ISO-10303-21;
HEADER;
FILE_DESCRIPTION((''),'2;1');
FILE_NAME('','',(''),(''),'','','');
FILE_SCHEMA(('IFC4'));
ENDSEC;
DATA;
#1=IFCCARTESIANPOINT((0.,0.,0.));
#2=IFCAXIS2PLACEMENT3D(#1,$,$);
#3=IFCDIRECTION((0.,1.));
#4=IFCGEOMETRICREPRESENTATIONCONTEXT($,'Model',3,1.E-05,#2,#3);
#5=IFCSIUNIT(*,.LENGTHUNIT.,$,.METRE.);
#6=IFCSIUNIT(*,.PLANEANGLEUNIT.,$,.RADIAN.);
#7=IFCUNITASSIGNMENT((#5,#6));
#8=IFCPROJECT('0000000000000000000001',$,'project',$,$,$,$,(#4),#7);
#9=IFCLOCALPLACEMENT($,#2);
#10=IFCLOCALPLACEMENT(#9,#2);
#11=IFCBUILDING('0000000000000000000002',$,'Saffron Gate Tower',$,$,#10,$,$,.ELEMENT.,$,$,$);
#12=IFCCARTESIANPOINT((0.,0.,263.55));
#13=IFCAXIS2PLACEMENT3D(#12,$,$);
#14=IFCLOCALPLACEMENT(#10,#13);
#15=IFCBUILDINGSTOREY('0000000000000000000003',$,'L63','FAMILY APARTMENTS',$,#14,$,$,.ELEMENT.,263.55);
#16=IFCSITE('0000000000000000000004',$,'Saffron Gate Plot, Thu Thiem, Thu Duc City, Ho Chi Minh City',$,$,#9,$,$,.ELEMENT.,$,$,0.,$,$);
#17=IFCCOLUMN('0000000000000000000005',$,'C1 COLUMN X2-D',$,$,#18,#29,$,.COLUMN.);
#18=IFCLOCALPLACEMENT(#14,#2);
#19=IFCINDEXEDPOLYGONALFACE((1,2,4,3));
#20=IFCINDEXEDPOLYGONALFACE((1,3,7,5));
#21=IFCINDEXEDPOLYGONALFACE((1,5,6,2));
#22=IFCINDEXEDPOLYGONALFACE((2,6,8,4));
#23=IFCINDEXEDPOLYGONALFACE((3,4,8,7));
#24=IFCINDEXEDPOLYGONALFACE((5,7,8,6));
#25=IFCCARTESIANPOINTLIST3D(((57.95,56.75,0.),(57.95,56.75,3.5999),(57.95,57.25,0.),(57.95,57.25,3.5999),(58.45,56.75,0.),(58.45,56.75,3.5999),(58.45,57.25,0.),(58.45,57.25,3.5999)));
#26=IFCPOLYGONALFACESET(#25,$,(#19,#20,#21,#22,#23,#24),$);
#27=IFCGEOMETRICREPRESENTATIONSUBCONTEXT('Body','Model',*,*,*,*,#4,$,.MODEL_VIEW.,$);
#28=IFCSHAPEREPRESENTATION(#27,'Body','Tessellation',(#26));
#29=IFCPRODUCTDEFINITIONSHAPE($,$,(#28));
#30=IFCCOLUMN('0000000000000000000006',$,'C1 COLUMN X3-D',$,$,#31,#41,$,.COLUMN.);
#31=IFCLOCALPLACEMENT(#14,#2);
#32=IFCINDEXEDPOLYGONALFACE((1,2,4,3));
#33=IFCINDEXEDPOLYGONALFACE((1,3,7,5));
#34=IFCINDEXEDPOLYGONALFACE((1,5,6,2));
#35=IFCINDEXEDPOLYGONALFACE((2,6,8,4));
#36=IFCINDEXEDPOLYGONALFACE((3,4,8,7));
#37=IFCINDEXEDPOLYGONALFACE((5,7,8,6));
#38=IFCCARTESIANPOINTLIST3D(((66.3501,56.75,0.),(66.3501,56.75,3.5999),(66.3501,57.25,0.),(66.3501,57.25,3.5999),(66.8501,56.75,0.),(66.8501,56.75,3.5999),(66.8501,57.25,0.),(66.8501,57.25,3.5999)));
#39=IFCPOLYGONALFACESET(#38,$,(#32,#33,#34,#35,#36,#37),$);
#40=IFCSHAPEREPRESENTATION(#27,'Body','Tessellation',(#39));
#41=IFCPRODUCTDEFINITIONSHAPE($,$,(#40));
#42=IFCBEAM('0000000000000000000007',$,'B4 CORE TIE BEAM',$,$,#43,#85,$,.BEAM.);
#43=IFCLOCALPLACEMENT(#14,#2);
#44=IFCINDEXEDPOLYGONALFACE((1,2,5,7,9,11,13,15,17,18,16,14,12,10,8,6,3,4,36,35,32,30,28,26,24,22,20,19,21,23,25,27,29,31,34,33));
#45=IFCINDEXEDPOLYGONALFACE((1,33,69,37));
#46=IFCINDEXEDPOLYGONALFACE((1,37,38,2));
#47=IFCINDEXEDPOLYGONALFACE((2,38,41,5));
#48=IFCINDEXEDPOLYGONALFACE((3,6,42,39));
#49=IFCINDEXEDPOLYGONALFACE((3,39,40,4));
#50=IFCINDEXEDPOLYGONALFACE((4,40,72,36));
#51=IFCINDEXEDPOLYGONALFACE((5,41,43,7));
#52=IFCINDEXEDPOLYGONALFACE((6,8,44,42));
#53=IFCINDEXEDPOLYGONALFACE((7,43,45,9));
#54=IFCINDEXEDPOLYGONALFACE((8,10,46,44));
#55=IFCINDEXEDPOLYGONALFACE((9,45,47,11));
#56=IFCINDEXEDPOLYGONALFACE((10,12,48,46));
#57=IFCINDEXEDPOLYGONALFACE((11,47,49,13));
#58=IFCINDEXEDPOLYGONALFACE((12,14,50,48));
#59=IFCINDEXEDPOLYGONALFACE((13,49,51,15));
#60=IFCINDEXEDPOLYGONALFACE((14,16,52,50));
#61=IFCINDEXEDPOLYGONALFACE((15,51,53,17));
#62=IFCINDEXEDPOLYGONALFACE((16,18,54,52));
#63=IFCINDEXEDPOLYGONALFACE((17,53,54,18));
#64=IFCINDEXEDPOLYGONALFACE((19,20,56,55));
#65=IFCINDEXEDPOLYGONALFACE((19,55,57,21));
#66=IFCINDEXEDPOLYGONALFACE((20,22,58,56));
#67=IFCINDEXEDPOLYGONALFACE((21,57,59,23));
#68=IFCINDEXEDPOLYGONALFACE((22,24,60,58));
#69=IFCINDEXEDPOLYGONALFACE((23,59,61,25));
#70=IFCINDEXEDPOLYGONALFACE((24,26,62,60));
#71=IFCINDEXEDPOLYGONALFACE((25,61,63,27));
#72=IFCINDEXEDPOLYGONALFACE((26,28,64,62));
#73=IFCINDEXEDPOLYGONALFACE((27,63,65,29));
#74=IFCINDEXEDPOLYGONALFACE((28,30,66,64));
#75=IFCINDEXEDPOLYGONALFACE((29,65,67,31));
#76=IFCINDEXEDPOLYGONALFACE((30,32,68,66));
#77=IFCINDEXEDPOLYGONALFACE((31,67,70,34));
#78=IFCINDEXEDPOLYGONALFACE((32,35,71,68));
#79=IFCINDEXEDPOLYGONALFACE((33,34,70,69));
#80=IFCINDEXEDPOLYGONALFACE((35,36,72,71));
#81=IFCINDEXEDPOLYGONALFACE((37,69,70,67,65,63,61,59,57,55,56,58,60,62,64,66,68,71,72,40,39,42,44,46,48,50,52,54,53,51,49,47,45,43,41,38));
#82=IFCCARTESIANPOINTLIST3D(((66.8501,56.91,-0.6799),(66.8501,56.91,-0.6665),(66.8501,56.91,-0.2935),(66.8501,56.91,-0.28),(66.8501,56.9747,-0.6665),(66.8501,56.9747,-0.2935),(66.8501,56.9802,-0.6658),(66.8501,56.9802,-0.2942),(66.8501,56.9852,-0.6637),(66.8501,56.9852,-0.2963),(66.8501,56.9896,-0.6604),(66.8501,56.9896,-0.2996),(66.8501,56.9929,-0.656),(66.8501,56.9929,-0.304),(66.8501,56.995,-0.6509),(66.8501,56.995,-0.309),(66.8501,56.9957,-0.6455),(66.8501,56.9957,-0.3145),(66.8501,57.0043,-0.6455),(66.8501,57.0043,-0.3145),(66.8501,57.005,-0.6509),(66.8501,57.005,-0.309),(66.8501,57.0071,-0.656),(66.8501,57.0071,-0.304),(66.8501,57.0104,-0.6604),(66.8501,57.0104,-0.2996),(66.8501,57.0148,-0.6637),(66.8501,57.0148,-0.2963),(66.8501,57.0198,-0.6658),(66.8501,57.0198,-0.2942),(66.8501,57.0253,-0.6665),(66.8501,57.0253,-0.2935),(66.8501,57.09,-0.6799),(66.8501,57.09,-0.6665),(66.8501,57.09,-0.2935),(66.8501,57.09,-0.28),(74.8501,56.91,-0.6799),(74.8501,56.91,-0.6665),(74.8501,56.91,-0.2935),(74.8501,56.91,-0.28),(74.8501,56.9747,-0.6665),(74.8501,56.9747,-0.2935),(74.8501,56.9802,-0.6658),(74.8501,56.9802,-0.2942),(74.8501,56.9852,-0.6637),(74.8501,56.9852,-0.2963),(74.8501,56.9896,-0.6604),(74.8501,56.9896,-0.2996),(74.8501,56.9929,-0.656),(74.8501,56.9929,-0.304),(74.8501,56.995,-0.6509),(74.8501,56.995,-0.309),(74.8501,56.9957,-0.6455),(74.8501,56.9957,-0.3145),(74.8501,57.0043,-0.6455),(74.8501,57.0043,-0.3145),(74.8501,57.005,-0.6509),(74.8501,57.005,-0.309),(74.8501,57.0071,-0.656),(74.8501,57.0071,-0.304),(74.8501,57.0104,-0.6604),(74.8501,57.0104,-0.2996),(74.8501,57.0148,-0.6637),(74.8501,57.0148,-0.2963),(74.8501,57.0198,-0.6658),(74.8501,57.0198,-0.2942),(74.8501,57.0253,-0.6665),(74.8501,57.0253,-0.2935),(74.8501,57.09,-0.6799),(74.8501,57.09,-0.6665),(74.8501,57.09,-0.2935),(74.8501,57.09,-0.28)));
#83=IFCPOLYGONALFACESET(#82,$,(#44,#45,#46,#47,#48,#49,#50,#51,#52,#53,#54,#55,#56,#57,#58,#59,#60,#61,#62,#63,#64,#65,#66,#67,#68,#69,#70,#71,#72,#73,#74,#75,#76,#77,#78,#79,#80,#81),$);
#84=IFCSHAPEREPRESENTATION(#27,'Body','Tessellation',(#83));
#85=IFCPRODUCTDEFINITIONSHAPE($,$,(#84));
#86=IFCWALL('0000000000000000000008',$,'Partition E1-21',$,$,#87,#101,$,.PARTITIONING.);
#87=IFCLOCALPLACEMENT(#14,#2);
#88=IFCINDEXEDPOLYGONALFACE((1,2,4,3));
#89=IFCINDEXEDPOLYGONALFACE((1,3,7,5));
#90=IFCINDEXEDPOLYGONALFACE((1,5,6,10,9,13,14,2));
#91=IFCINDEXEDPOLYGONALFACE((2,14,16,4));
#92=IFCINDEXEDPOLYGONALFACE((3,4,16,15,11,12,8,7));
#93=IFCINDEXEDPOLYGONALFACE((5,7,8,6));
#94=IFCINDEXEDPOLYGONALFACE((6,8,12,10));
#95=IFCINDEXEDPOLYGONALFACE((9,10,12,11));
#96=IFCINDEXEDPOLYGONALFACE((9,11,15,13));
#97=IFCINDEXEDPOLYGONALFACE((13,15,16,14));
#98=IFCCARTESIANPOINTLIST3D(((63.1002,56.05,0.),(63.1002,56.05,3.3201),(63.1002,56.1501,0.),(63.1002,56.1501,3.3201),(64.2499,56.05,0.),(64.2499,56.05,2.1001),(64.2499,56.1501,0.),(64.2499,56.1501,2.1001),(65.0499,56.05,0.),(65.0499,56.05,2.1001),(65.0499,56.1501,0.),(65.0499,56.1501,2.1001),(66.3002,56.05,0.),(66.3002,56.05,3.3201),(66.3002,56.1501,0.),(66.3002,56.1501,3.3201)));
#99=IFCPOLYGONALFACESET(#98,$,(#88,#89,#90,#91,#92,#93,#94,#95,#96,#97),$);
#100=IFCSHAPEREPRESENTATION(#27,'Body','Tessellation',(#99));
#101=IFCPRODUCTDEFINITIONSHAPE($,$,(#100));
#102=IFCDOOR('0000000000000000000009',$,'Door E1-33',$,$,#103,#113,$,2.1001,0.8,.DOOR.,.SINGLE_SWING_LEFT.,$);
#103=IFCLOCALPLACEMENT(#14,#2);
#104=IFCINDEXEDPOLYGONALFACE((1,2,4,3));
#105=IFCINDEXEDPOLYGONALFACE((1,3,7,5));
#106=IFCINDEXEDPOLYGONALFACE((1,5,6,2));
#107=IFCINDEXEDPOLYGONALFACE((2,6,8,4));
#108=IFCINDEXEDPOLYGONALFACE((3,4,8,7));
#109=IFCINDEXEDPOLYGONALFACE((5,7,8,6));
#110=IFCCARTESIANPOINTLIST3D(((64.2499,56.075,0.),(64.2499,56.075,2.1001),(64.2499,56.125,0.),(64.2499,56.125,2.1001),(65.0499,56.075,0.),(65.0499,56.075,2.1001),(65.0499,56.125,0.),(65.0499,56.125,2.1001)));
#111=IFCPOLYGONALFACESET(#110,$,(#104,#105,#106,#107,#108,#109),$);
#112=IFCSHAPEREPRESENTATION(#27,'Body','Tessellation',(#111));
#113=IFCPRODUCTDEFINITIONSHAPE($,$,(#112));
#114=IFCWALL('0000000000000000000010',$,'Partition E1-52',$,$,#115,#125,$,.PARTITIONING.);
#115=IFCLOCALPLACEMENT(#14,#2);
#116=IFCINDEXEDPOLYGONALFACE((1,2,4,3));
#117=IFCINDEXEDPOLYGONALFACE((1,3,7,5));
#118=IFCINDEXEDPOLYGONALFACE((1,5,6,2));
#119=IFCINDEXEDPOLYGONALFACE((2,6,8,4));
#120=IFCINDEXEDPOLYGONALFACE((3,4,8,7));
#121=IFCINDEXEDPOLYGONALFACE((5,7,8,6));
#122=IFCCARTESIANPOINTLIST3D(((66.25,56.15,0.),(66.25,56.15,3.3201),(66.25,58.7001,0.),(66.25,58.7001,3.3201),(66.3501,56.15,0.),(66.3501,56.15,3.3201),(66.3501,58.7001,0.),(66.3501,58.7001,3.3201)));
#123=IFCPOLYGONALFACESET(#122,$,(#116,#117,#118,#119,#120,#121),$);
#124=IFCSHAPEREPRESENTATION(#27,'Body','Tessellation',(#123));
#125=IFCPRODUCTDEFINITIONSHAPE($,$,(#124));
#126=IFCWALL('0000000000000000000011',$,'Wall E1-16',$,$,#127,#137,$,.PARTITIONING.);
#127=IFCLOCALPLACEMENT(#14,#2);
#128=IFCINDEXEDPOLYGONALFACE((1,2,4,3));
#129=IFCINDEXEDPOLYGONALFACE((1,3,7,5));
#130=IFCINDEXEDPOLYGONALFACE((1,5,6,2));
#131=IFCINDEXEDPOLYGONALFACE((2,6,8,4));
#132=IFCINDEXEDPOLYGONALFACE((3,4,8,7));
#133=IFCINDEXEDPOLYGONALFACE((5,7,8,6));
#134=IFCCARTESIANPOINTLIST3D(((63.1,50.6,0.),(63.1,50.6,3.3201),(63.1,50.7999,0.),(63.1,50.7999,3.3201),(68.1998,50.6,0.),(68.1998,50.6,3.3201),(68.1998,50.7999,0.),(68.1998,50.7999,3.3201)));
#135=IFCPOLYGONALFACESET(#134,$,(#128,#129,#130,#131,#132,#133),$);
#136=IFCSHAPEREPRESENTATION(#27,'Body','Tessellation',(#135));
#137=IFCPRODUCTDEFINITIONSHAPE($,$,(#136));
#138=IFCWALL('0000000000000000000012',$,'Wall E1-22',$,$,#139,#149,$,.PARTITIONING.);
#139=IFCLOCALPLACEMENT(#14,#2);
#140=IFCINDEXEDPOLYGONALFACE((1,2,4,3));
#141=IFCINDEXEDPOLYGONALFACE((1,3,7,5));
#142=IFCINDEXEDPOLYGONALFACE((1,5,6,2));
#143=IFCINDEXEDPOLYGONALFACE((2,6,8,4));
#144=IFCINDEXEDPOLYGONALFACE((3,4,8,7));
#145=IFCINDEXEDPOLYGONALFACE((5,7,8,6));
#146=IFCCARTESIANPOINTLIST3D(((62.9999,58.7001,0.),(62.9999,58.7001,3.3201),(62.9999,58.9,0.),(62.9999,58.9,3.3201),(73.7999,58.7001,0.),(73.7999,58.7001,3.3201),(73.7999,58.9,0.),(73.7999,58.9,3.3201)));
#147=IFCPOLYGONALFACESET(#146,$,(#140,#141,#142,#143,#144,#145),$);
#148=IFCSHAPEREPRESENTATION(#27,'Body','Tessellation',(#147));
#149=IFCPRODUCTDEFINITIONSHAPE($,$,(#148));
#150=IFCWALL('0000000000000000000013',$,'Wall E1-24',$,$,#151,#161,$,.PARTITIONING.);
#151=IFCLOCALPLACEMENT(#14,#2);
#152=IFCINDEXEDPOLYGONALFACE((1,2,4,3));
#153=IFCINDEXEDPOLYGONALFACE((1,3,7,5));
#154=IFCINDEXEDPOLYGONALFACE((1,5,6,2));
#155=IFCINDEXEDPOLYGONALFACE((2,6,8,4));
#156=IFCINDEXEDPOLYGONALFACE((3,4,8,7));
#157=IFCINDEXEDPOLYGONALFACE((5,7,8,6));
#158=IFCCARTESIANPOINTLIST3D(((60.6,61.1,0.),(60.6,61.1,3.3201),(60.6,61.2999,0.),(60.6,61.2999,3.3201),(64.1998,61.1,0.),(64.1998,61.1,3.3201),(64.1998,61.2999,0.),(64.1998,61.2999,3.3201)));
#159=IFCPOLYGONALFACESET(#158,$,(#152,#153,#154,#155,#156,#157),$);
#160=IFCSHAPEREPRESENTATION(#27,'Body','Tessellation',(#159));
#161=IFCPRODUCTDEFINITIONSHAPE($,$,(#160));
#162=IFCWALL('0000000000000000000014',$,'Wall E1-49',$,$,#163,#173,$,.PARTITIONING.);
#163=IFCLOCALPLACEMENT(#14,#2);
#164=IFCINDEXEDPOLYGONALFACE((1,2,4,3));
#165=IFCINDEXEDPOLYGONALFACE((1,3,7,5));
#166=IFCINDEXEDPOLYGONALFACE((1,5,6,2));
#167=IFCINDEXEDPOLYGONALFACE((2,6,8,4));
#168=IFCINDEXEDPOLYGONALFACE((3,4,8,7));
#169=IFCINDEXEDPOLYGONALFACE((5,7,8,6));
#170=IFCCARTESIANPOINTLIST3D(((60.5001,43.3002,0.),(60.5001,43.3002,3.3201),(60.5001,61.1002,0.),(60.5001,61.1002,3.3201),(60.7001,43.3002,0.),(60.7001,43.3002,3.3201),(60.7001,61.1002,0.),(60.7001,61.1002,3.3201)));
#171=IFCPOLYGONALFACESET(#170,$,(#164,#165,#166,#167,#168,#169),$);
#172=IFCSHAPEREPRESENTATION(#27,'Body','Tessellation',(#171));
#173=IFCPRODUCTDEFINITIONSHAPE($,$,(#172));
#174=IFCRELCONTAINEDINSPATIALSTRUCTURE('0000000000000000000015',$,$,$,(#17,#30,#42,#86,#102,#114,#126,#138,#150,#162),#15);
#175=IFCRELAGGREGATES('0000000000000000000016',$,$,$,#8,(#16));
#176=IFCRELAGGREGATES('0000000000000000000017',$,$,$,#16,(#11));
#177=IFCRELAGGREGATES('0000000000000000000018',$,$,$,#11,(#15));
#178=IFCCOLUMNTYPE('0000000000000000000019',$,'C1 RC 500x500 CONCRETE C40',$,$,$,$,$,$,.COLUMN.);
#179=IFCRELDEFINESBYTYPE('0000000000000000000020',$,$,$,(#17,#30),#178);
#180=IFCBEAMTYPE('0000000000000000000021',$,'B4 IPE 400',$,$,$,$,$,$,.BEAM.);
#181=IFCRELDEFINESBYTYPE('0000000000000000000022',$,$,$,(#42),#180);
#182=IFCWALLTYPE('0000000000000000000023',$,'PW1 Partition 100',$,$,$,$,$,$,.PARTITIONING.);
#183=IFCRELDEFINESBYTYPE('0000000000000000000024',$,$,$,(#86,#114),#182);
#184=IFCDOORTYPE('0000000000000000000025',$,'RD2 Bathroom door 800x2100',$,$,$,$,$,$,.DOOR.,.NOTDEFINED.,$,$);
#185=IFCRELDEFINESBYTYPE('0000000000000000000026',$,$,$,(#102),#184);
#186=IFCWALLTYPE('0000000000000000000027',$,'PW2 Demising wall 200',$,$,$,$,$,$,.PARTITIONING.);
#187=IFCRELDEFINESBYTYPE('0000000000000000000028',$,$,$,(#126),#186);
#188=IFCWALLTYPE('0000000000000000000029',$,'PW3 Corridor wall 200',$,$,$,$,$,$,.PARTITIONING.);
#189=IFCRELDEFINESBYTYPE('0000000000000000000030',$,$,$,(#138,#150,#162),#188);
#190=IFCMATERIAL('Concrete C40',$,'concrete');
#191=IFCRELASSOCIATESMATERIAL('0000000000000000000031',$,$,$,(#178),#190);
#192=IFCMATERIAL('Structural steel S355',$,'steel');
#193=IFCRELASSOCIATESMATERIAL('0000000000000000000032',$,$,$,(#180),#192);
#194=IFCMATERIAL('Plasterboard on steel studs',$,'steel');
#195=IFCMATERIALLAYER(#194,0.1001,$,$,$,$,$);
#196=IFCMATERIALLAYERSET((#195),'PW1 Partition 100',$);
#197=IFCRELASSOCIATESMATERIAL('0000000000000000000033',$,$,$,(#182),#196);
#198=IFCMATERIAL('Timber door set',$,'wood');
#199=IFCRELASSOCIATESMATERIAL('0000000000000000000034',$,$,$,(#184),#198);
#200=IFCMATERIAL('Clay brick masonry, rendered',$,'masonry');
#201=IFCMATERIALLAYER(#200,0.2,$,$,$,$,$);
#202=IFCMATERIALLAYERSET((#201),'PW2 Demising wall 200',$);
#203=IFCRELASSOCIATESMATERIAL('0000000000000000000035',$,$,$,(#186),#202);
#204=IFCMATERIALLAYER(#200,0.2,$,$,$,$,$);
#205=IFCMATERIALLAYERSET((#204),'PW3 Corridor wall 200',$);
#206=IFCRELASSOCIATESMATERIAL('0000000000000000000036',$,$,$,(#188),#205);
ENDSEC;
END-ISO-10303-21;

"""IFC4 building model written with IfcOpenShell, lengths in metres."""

from ifc_helpers import new_model, si_unit, direction, frame, frame_2d, origin, origin_2d, place, context, subcontext, project, spatial, rectangle, i_section, extrude, material, layer, layer_set, material_profile, profile_set, type_object, element, fill, save


model = new_model("IFC4")

# Units and contexts
model_context = context("Model", 3, precision=1e-05, world=origin(), true_north=direction((0.0, 1.0)))
body_context = subcontext(model_context, "Body", "Model", "MODEL_VIEW")
ifc_project = project(units=[si_unit("LENGTHUNIT", "METRE"), si_unit("PLANEANGLEUNIT", "RADIAN")], contexts=[model_context])

# Site, building, storey
site_placement = place(None, origin())
site = spatial("IfcSite", under=ifc_project, at=site_placement, Name="Saffron Gate Plot, Thu Thiem, Thu Duc City, Ho Chi Minh City", CompositionType="ELEMENT", RefElevation=0.0)
building_placement = place(site_placement, origin())
building = spatial("IfcBuilding", under=site, at=building_placement, Name="Saffron Gate Tower", CompositionType="ELEMENT")
storey_placement = place(building_placement, frame((0.0, 0.0, 263.55)))
storey = spatial("IfcBuildingStorey", under=building, at=storey_placement, Name="L63", Description="FAMILY APARTMENTS", CompositionType="ELEMENT", Elevation=263.55)

# Columns
ifc_material_1 = material(Name="Concrete C40", Category="concrete")
ifc_material_profile_1 = material_profile(ifc_material_1, rectangle(XDim=0.5, YDim=0.5, at=origin_2d()))
ifc_profile_set_1 = profile_set([ifc_material_profile_1], Name="Concrete C40")
column_type = type_object("IfcColumnType", Name="C1 RC 500x500 CONCRETE C40", PredefinedType="COLUMN", material=ifc_profile_set_1)
for number, where, z_axis, x_axis, name in (
    (1, (58.2, 57.0, 0.0), (0.0, 0.0, 1.0), (1.0, 0.0, 0.0), "C1 COLUMN X2-D"),
    (2, (66.6001, 57.0, 0.0), (0.0, 0.0, 1.0), (1.0, 0.0, 0.0), "C1 COLUMN X3-D"),
):
    element("IfcColumn", number, at=place(storey_placement, frame(where, z_axis=z_axis, x_axis=x_axis)), inside=storey, type_object=column_type, Name=name, PredefinedType="COLUMN", context=body_context, shape_type="SweptSolid", body=[
        extrude(rectangle(XDim=0.5, YDim=0.5, at=origin_2d()), origin(), (0.0, 0.0, 1.0), 3.5999),
    ])

# Beam
ifc_material_2 = material(Name="Structural steel S355", Category="steel")
ifc_material_profile_2 = material_profile(ifc_material_2, i_section(OverallWidth=0.1799, OverallDepth=0.3999, WebThickness=0.0085, FlangeThickness=0.0134, FilletRadius=0.021, at=origin_2d()))
ifc_profile_set_2 = profile_set([ifc_material_profile_2], Name="Structural steel S355")
beam_type = type_object("IfcBeamType", Name="B4 IPE 400", PredefinedType="BEAM", material=ifc_profile_set_2)
beam_placement = place(storey_placement, frame((66.8501, 57.0, -0.48), z_axis=(1.0, 0.0, 0.0), x_axis=(0.0, 1.0, 0.0)))
element("IfcBeam", 3, at=beam_placement, inside=storey, type_object=beam_type, Name="B4 CORE TIE BEAM", PredefinedType="BEAM", context=body_context, shape_type="SweptSolid", body=[
    extrude(i_section(OverallWidth=0.1799, OverallDepth=0.3999, WebThickness=0.0085, FlangeThickness=0.0134, FilletRadius=0.021, at=origin_2d()), origin(), (0.0, 0.0, 1.0), 8.0),
])

# Wall, opening, door
ifc_material_3 = material(Name="Plasterboard on steel studs", Category="steel")
ifc_layer_1 = layer(ifc_material_3, 0.1001)
ifc_layer_set_1 = layer_set([ifc_layer_1], Name="PW1 Partition 100")
wall_type_1 = type_object("IfcWallType", Name="PW1 Partition 100", PredefinedType="PARTITIONING", material=ifc_layer_set_1)
wall_1_placement = place(storey_placement, frame((63.1001, 56.1001, 0.0), z_axis=(0.0, 0.0, 1.0), x_axis=(1.0, 0.0, 0.0)))
wall_1 = element("IfcWall", 4, at=wall_1_placement, inside=storey, type_object=wall_type_1, Name="Partition E1-21", PredefinedType="PARTITIONING", context=body_context, shape_type="SweptSolid", body=[
    extrude(rectangle(XDim=3.2, YDim=0.1001, at=frame_2d((1.6001, 0.0))), origin(), (0.0, 0.0, 1.0), 3.3201),
])
opening_1_placement = place(wall_1_placement, frame((1.1499, 0.0, 0.0)))
opening_1 = element("IfcOpeningElement", 5, at=opening_1_placement, cuts=wall_1, PredefinedType="OPENING", context=body_context, shape_type="SweptSolid", body=[
    extrude(rectangle(XDim=0.8, YDim=2.1001, at=frame_2d((0.3999, 1.05))), frame((0.0, 0.0601, 0.0), z_axis=(0.0, -1.0, 0.0), x_axis=(1.0, 0.0, 0.0)), (0.0, 0.0, 1.0), 0.1201),
])
ifc_material_4 = material(Name="Timber door set", Category="wood")
door_type_1 = type_object("IfcDoorType", Name="RD2 Bathroom door 800x2100", OperationType="NOTDEFINED", PredefinedType="DOOR", material=ifc_material_4)
door_1_placement = place(opening_1_placement, origin())
door_1 = element("IfcDoor", 6, at=door_1_placement, inside=storey, type_object=door_type_1, Name="Door E1-33", OperationType="SINGLE_SWING_LEFT", OverallHeight=2.1001, OverallWidth=0.8, PredefinedType="DOOR", context=body_context, shape_type="SweptSolid", body=[
    extrude(rectangle(XDim=0.8, YDim=2.1001, at=frame_2d((0.3999, 1.05))), frame((0.0, 0.0249, 0.0), z_axis=(0.0, -1.0, 0.0), x_axis=(1.0, 0.0, 0.0)), (0.0, 0.0, 1.0), 0.05),
])
fill(opening_1, door_1)

# Walls
wall_2_placement = place(storey_placement, frame((66.3, 58.7, 0.0), z_axis=(0.0, 0.0, 1.0), x_axis=(0.0, -1.0, 0.0)))
element("IfcWall", 7, at=wall_2_placement, inside=storey, type_object=wall_type_1, Name="Partition E1-52", PredefinedType="PARTITIONING", context=body_context, shape_type="SweptSolid", body=[
    extrude(rectangle(XDim=2.55, YDim=0.1001, at=frame_2d((1.2749, 0.0))), origin(), (0.0, 0.0, 1.0), 3.3201),
])
ifc_material_5 = material(Name="Clay brick masonry, rendered", Category="masonry")
ifc_layer_2 = layer(ifc_material_5, 0.2)
ifc_layer_set_2 = layer_set([ifc_layer_2], Name="PW2 Demising wall 200")
wall_type_2 = type_object("IfcWallType", Name="PW2 Demising wall 200", PredefinedType="PARTITIONING", material=ifc_layer_set_2)
wall_3_placement = place(storey_placement, frame((63.1001, 50.7, 0.0), z_axis=(0.0, 0.0, 1.0), x_axis=(1.0, 0.0, 0.0)))
element("IfcWall", 8, at=wall_3_placement, inside=storey, type_object=wall_type_2, Name="Wall E1-16", PredefinedType="PARTITIONING", context=body_context, shape_type="SweptSolid", body=[
    extrude(rectangle(XDim=5.0999, YDim=0.2, at=frame_2d((2.5498, 0.0))), origin(), (0.0, 0.0, 1.0), 3.3201),
])
ifc_layer_3 = layer(ifc_material_5, 0.2)
ifc_layer_set_3 = layer_set([ifc_layer_3], Name="PW3 Corridor wall 200")
wall_type_3 = type_object("IfcWallType", Name="PW3 Corridor wall 200", PredefinedType="PARTITIONING", material=ifc_layer_set_3)
wall_4_placement = place(storey_placement, frame((63.0, 58.8, 0.0), z_axis=(0.0, 0.0, 1.0), x_axis=(1.0, 0.0, 0.0)))
element("IfcWall", 9, at=wall_4_placement, inside=storey, type_object=wall_type_3, Name="Wall E1-22", PredefinedType="PARTITIONING", context=body_context, shape_type="SweptSolid", body=[
    extrude(rectangle(XDim=10.8, YDim=0.2, at=frame_2d((5.3999, 0.0))), origin(), (0.0, 0.0, 1.0), 3.3201),
])
wall_5_placement = place(storey_placement, frame((60.6001, 61.2, 0.0), z_axis=(0.0, 0.0, 1.0), x_axis=(1.0, 0.0, 0.0)))
element("IfcWall", 10, at=wall_5_placement, inside=storey, type_object=wall_type_3, Name="Wall E1-24", PredefinedType="PARTITIONING", context=body_context, shape_type="SweptSolid", body=[
    extrude(rectangle(XDim=3.5999, YDim=0.2, at=frame_2d((1.7998, 0.0))), origin(), (0.0, 0.0, 1.0), 3.3201),
])
wall_6_placement = place(storey_placement, frame((60.6001, 61.1001, 0.0), z_axis=(0.0, 0.0, 1.0), x_axis=(0.0, -1.0, 0.0)))
element("IfcWall", 11, at=wall_6_placement, inside=storey, type_object=wall_type_3, Name="Wall E1-49", PredefinedType="PARTITIONING", context=body_context, shape_type="SweptSolid", body=[
    extrude(rectangle(XDim=17.8, YDim=0.2, at=frame_2d((8.8999, 0.0))), origin(), (0.0, 0.0, 1.0), 3.3201),
])

save(model, "model.ifc")
